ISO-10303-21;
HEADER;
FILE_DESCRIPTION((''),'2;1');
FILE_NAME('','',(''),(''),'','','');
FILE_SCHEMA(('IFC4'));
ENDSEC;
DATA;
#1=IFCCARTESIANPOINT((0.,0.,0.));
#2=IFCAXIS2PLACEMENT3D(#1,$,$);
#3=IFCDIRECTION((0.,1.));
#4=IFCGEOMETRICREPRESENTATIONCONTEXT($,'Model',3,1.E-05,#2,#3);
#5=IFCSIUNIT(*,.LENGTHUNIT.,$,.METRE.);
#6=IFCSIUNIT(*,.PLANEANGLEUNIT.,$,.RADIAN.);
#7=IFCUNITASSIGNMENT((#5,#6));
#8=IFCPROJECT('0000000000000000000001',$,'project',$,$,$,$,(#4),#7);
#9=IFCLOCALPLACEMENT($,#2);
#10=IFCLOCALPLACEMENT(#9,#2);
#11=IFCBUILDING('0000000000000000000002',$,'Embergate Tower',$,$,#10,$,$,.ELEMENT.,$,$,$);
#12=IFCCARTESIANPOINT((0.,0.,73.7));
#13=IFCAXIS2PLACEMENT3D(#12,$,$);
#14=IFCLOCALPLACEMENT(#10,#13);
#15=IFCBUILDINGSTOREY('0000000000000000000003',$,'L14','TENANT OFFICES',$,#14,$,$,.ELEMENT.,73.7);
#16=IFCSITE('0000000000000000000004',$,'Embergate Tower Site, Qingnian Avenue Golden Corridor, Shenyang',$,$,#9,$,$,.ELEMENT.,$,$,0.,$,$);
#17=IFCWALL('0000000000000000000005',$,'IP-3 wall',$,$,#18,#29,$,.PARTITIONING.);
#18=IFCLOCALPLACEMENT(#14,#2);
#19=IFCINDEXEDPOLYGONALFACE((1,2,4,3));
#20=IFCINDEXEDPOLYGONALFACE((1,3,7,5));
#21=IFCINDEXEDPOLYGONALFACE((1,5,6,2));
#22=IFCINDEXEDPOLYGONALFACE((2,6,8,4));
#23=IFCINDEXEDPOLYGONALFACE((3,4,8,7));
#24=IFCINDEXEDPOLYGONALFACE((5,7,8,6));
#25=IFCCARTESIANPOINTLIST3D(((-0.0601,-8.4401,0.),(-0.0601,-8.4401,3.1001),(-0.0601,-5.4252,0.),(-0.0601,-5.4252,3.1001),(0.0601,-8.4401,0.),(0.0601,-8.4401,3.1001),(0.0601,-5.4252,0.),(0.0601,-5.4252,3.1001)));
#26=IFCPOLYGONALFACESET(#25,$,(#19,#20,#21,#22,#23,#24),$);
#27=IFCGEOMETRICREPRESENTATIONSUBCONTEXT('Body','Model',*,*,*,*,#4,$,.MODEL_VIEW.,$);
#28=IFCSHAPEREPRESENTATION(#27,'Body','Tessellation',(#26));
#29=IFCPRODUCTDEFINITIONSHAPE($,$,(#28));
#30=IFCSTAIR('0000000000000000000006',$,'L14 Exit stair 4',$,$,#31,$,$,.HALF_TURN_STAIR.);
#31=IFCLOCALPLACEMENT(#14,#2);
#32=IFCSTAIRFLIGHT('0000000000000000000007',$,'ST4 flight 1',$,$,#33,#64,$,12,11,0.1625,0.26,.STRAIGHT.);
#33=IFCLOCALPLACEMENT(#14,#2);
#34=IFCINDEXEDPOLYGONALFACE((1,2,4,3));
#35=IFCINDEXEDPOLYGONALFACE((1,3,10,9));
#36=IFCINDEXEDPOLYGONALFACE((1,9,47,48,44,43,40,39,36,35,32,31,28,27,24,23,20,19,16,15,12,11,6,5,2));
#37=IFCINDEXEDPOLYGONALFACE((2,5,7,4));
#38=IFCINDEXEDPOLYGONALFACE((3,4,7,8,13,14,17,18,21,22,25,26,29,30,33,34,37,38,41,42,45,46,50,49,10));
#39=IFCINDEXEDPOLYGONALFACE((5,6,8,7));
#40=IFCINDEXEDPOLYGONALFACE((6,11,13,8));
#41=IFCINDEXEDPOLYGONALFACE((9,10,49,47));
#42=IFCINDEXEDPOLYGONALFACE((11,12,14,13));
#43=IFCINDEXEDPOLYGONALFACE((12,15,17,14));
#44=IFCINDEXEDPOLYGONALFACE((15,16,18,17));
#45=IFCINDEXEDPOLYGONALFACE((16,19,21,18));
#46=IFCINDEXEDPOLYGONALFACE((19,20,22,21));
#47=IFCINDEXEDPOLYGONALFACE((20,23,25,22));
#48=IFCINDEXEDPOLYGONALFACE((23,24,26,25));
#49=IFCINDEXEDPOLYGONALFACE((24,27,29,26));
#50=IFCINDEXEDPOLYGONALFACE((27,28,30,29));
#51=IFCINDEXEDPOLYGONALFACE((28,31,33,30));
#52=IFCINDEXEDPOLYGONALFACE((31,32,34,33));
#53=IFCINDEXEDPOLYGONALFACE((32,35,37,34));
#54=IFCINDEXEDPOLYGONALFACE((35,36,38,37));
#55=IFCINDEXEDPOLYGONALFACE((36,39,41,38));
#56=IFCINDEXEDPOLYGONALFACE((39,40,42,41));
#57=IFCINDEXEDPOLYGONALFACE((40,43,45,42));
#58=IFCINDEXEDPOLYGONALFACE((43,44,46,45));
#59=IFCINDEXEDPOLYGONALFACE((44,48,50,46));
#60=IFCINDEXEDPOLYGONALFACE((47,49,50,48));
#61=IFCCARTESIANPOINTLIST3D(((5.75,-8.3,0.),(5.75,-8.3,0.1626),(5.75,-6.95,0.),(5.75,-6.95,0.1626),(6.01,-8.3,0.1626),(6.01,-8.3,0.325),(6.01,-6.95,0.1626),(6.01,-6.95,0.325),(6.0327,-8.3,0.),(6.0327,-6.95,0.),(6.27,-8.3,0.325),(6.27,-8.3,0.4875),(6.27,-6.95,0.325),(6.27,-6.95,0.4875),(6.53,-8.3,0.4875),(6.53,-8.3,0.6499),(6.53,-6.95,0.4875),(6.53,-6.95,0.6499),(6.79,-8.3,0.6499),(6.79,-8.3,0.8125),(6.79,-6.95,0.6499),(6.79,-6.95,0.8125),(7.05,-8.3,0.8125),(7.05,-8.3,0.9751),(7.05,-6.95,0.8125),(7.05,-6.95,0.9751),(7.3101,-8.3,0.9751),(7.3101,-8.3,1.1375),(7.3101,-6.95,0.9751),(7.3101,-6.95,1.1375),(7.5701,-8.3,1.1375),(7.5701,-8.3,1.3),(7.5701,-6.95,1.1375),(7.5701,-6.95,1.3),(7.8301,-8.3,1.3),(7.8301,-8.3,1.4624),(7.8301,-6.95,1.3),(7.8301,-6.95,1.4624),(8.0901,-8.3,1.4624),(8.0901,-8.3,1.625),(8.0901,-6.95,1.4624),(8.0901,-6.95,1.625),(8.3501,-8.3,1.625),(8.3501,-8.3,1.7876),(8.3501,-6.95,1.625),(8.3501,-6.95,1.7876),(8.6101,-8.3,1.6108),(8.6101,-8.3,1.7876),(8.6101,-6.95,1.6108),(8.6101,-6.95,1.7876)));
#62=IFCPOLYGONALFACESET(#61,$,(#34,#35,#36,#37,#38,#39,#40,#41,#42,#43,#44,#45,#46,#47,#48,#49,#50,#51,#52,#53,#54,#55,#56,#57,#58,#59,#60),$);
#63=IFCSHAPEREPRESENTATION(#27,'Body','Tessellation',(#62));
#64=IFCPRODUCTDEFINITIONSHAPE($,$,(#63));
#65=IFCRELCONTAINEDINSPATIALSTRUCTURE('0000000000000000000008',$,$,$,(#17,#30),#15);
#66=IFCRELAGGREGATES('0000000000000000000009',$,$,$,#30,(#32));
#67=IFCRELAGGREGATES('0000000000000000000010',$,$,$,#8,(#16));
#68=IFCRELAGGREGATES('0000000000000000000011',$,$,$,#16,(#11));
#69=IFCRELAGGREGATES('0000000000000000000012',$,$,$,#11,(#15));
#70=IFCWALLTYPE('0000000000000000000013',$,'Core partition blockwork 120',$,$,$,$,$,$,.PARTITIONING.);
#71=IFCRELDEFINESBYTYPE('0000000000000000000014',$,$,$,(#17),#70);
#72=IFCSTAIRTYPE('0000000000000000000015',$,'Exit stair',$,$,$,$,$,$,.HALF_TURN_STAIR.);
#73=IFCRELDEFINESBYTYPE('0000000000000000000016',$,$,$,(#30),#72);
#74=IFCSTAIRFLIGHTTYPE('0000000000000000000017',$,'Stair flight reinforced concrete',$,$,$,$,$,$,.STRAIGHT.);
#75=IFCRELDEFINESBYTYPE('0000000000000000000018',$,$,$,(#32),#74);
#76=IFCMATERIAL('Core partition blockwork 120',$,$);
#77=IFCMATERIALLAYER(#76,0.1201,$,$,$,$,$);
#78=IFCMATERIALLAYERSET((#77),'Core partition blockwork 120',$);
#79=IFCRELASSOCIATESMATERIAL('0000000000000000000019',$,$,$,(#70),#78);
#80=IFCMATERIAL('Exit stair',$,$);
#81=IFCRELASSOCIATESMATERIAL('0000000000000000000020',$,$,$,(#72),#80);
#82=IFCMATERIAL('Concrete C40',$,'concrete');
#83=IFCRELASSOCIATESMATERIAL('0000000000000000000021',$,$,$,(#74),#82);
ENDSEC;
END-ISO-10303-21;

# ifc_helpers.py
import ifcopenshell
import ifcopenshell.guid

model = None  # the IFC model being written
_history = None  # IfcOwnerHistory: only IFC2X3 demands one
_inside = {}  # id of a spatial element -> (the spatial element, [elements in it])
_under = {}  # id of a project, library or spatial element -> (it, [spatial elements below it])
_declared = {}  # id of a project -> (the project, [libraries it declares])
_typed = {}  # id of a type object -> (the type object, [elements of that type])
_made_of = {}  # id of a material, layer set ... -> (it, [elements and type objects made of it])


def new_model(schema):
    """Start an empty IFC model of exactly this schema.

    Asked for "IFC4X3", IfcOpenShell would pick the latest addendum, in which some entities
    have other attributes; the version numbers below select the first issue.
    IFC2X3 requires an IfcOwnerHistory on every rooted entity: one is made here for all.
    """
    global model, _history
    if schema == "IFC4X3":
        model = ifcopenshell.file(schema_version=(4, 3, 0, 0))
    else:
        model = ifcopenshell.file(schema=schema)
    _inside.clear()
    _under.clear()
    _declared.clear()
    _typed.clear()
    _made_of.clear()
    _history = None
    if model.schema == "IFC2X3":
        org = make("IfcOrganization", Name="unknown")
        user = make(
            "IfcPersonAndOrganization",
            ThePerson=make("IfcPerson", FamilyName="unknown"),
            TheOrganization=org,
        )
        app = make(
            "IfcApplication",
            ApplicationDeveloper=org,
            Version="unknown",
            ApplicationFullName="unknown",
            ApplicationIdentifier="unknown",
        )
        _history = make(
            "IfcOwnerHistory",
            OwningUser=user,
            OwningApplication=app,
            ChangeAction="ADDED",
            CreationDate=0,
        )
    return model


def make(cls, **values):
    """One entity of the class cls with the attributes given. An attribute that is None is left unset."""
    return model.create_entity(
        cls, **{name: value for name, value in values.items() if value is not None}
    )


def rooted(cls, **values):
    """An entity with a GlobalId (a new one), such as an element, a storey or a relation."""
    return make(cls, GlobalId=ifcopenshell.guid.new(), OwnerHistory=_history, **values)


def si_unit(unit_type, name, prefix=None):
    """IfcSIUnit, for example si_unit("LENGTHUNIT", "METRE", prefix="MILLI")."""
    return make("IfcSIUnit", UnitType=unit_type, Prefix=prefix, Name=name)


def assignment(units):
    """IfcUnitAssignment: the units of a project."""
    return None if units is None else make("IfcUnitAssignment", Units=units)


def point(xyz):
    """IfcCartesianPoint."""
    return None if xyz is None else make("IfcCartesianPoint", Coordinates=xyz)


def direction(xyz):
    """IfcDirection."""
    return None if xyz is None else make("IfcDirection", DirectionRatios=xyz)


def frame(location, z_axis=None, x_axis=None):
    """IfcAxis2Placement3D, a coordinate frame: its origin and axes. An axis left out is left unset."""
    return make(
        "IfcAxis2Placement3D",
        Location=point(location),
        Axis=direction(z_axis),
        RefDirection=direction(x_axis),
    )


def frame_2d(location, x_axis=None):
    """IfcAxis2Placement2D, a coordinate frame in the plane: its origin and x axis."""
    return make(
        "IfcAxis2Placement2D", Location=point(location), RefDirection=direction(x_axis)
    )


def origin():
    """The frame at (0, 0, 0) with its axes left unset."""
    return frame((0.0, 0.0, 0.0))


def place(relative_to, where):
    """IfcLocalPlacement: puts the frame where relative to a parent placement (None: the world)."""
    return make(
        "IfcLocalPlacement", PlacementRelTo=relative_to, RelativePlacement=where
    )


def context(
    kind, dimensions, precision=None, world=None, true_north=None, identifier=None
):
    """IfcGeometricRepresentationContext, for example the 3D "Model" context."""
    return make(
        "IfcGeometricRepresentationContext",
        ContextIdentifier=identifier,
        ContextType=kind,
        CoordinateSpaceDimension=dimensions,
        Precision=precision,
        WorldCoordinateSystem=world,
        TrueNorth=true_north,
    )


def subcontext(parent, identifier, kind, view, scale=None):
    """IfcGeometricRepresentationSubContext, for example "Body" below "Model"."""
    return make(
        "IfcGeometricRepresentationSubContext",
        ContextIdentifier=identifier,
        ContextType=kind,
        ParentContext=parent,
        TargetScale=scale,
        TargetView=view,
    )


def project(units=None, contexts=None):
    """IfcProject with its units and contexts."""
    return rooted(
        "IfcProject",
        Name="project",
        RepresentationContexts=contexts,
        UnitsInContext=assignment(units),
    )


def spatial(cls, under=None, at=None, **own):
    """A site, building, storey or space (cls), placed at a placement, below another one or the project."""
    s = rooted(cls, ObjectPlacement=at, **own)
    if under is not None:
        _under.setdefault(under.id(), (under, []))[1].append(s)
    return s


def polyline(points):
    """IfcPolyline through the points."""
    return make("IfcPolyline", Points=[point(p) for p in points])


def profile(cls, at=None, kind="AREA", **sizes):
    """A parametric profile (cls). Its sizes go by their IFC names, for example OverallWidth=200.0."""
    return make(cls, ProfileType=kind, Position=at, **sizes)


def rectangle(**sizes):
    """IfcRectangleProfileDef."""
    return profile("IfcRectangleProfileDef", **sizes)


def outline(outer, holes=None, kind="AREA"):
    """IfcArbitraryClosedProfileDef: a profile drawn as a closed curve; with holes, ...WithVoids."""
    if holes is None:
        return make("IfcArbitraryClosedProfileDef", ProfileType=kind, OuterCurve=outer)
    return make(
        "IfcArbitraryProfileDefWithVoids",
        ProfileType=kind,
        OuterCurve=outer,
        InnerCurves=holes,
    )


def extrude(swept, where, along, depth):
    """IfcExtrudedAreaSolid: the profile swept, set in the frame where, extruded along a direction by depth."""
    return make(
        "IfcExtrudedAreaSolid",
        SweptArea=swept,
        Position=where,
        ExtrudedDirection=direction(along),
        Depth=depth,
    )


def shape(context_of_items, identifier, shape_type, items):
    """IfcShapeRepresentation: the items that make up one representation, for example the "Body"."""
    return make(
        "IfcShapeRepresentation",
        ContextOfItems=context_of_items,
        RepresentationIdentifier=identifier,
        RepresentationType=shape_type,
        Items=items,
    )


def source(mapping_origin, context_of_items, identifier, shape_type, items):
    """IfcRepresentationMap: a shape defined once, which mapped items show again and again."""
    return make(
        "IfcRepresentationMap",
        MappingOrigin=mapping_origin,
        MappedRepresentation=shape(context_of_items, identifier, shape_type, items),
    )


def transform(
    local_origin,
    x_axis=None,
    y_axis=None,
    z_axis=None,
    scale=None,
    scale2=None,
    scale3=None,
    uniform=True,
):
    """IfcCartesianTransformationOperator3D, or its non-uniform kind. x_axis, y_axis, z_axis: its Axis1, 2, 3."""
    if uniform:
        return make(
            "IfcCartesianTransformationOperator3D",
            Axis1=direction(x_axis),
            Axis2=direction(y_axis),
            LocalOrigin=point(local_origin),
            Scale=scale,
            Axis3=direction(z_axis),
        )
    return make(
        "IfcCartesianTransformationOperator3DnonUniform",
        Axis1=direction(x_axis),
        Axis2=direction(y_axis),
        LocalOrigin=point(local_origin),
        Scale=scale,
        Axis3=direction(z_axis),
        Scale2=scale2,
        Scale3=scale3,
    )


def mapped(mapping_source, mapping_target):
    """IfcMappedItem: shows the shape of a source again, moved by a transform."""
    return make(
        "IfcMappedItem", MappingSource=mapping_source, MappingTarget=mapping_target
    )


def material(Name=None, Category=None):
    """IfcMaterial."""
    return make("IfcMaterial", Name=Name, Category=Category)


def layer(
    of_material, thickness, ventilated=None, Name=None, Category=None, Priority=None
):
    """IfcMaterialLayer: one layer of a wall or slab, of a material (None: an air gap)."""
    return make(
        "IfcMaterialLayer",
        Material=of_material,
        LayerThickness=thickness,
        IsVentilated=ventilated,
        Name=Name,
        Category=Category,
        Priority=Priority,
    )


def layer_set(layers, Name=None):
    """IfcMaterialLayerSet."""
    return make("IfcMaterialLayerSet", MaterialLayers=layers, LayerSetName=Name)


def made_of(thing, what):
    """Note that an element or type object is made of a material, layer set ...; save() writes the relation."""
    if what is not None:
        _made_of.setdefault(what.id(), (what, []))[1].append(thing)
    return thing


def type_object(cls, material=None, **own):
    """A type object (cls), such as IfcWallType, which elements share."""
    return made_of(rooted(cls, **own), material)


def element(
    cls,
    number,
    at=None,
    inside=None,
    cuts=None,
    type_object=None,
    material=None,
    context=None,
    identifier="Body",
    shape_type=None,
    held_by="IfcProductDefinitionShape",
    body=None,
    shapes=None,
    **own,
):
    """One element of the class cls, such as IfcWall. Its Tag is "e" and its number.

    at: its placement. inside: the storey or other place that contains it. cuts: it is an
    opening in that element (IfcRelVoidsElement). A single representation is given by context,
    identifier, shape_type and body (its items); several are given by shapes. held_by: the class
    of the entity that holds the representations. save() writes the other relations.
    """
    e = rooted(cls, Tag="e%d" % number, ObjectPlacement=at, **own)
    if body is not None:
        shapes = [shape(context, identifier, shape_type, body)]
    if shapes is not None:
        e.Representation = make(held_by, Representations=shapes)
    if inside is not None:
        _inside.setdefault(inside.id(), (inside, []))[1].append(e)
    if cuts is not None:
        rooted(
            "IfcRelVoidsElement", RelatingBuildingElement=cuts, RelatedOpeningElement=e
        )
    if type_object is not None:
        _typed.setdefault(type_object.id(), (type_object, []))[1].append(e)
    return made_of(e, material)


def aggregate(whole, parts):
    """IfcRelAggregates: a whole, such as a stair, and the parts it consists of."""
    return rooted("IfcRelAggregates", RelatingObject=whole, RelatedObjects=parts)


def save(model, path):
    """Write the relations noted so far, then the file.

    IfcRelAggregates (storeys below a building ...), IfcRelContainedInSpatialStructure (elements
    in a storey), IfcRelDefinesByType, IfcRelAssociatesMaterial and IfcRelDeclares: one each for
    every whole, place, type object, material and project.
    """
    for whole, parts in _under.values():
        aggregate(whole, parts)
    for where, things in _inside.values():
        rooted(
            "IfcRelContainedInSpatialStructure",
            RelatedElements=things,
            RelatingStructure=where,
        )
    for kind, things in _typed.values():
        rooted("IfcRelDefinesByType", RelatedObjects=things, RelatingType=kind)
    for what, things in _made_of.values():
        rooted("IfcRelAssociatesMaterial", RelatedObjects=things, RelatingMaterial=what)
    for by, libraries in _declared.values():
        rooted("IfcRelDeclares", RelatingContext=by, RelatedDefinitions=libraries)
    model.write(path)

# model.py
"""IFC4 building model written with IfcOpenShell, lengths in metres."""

from ifc_helpers import new_model, si_unit, direction, frame, frame_2d, origin, place, context, subcontext, project, spatial, polyline, rectangle, outline, extrude, source, transform, mapped, material, layer, layer_set, type_object, element, aggregate, save


model = new_model("IFC4")

# Units and contexts
model_context = context("Model", 3, precision=1e-05, world=origin(), true_north=direction((0.0, 1.0)))
body_context = subcontext(model_context, "Body", "Model", "MODEL_VIEW")
ifc_project = project(units=[si_unit("LENGTHUNIT", "METRE"), si_unit("PLANEANGLEUNIT", "RADIAN")], contexts=[model_context])

# Site, building, storey
site_placement = place(None, origin())
site = spatial("IfcSite", under=ifc_project, at=site_placement, Name="Embergate Tower Site, Qingnian Avenue Golden Corridor, Shenyang", CompositionType="ELEMENT", RefElevation=0.0)
building_placement = place(site_placement, origin())
building = spatial("IfcBuilding", under=site, at=building_placement, Name="Embergate Tower", CompositionType="ELEMENT")
storey_placement = place(building_placement, frame((0.0, 0.0, 73.7)))
storey = spatial("IfcBuildingStorey", under=building, at=storey_placement, Name="L14", Description="TENANT OFFICES", CompositionType="ELEMENT", Elevation=73.7)

# Wall
ifc_material_1 = material(Name="Core partition blockwork 120")
ifc_layer_1 = layer(ifc_material_1, 0.1201)
ifc_layer_set_1 = layer_set([ifc_layer_1], Name="Core partition blockwork 120")
wall_type_1 = type_object("IfcWallType", Name="Core partition blockwork 120", PredefinedType="PARTITIONING", material=ifc_layer_set_1)
shared_shape_1 = source(origin(), body_context, "Body", "SweptSolid", [
    extrude(rectangle(XDim=3.0149, YDim=0.1201, at=frame_2d((1.5073, 0.0))), origin(), (0.0, 0.0, 1.0), 3.1001),
])
wall_1_placement = place(storey_placement, frame((0.0, -8.4399, 0.0), z_axis=(0.0, 0.0, 1.0), x_axis=(0.0, 1.0, 0.0)))
element("IfcWall", 1, at=wall_1_placement, inside=storey, type_object=wall_type_1, Name="IP-3 wall", PredefinedType="PARTITIONING", context=body_context, shape_type="MappedRepresentation", body=[
    mapped(shared_shape_1, transform((0.0, 0.0, 0.0))),
])

# Stair, stair flight
ifc_material_2 = material(Name="Exit stair")
stair_type = type_object("IfcStairType", Name="Exit stair", PredefinedType="HALF_TURN_STAIR", material=ifc_material_2)
stair_placement = place(storey_placement, origin())
stair = element("IfcStair", 2, at=stair_placement, inside=storey, type_object=stair_type, Name="L14 Exit stair 4", PredefinedType="HALF_TURN_STAIR")
ifc_material_3 = material(Name="Concrete C40", Category="concrete")
stair_flight_type = type_object("IfcStairFlightType", Name="Stair flight reinforced concrete", PredefinedType="STRAIGHT", material=ifc_material_3)
shared_shape_2 = source(origin(), body_context, "Body", "SweptSolid", [
    extrude(outline(polyline([(0.0, 0.0), (0.0, 0.1626), (0.26, 0.1626), (0.26, 0.325), (0.52, 0.325), (0.52, 0.4875), (0.78, 0.4875), (0.78, 0.6499), (1.04, 0.6499), (1.04, 0.8125), (1.3, 0.8125), (1.3, 0.9751), (1.5601, 0.9751), (1.5601, 1.1375), (1.8201, 1.1375), (1.8201, 1.3), (2.0801, 1.3), (2.0801, 1.4624), (2.3401, 1.4624), (2.3401, 1.625), (2.6001, 1.625), (2.6001, 1.7876), (2.8601, 1.7876), (2.8601, 1.95), (2.8601, 1.6108), (0.2827, 0.0), (0.0, 0.0)])), frame((0.0, 0.675, 0.0), z_axis=(0.0, -1.0, 0.0), x_axis=(1.0, 0.0, 0.0)), (0.0, 0.0, 1.0), 1.3501),
])
stair_flight_placement = place(storey_placement, frame((5.75, -7.625, 0.0), z_axis=(0.0, 0.0, 1.0), x_axis=(1.0, 0.0, 0.0)))
stair_flight = element("IfcStairFlight", 3, at=stair_flight_placement, type_object=stair_flight_type, Name="ST4 flight 1", NumberOfRisers=12, NumberOfTreads=11, PredefinedType="STRAIGHT", RiserHeight=0.1625, TreadLength=0.26, context=body_context, shape_type="MappedRepresentation", body=[
    mapped(shared_shape_2, transform((0.0, 0.0, 0.0))),
])
aggregate(stair, [stair_flight])

save(model, "model.ifc")
